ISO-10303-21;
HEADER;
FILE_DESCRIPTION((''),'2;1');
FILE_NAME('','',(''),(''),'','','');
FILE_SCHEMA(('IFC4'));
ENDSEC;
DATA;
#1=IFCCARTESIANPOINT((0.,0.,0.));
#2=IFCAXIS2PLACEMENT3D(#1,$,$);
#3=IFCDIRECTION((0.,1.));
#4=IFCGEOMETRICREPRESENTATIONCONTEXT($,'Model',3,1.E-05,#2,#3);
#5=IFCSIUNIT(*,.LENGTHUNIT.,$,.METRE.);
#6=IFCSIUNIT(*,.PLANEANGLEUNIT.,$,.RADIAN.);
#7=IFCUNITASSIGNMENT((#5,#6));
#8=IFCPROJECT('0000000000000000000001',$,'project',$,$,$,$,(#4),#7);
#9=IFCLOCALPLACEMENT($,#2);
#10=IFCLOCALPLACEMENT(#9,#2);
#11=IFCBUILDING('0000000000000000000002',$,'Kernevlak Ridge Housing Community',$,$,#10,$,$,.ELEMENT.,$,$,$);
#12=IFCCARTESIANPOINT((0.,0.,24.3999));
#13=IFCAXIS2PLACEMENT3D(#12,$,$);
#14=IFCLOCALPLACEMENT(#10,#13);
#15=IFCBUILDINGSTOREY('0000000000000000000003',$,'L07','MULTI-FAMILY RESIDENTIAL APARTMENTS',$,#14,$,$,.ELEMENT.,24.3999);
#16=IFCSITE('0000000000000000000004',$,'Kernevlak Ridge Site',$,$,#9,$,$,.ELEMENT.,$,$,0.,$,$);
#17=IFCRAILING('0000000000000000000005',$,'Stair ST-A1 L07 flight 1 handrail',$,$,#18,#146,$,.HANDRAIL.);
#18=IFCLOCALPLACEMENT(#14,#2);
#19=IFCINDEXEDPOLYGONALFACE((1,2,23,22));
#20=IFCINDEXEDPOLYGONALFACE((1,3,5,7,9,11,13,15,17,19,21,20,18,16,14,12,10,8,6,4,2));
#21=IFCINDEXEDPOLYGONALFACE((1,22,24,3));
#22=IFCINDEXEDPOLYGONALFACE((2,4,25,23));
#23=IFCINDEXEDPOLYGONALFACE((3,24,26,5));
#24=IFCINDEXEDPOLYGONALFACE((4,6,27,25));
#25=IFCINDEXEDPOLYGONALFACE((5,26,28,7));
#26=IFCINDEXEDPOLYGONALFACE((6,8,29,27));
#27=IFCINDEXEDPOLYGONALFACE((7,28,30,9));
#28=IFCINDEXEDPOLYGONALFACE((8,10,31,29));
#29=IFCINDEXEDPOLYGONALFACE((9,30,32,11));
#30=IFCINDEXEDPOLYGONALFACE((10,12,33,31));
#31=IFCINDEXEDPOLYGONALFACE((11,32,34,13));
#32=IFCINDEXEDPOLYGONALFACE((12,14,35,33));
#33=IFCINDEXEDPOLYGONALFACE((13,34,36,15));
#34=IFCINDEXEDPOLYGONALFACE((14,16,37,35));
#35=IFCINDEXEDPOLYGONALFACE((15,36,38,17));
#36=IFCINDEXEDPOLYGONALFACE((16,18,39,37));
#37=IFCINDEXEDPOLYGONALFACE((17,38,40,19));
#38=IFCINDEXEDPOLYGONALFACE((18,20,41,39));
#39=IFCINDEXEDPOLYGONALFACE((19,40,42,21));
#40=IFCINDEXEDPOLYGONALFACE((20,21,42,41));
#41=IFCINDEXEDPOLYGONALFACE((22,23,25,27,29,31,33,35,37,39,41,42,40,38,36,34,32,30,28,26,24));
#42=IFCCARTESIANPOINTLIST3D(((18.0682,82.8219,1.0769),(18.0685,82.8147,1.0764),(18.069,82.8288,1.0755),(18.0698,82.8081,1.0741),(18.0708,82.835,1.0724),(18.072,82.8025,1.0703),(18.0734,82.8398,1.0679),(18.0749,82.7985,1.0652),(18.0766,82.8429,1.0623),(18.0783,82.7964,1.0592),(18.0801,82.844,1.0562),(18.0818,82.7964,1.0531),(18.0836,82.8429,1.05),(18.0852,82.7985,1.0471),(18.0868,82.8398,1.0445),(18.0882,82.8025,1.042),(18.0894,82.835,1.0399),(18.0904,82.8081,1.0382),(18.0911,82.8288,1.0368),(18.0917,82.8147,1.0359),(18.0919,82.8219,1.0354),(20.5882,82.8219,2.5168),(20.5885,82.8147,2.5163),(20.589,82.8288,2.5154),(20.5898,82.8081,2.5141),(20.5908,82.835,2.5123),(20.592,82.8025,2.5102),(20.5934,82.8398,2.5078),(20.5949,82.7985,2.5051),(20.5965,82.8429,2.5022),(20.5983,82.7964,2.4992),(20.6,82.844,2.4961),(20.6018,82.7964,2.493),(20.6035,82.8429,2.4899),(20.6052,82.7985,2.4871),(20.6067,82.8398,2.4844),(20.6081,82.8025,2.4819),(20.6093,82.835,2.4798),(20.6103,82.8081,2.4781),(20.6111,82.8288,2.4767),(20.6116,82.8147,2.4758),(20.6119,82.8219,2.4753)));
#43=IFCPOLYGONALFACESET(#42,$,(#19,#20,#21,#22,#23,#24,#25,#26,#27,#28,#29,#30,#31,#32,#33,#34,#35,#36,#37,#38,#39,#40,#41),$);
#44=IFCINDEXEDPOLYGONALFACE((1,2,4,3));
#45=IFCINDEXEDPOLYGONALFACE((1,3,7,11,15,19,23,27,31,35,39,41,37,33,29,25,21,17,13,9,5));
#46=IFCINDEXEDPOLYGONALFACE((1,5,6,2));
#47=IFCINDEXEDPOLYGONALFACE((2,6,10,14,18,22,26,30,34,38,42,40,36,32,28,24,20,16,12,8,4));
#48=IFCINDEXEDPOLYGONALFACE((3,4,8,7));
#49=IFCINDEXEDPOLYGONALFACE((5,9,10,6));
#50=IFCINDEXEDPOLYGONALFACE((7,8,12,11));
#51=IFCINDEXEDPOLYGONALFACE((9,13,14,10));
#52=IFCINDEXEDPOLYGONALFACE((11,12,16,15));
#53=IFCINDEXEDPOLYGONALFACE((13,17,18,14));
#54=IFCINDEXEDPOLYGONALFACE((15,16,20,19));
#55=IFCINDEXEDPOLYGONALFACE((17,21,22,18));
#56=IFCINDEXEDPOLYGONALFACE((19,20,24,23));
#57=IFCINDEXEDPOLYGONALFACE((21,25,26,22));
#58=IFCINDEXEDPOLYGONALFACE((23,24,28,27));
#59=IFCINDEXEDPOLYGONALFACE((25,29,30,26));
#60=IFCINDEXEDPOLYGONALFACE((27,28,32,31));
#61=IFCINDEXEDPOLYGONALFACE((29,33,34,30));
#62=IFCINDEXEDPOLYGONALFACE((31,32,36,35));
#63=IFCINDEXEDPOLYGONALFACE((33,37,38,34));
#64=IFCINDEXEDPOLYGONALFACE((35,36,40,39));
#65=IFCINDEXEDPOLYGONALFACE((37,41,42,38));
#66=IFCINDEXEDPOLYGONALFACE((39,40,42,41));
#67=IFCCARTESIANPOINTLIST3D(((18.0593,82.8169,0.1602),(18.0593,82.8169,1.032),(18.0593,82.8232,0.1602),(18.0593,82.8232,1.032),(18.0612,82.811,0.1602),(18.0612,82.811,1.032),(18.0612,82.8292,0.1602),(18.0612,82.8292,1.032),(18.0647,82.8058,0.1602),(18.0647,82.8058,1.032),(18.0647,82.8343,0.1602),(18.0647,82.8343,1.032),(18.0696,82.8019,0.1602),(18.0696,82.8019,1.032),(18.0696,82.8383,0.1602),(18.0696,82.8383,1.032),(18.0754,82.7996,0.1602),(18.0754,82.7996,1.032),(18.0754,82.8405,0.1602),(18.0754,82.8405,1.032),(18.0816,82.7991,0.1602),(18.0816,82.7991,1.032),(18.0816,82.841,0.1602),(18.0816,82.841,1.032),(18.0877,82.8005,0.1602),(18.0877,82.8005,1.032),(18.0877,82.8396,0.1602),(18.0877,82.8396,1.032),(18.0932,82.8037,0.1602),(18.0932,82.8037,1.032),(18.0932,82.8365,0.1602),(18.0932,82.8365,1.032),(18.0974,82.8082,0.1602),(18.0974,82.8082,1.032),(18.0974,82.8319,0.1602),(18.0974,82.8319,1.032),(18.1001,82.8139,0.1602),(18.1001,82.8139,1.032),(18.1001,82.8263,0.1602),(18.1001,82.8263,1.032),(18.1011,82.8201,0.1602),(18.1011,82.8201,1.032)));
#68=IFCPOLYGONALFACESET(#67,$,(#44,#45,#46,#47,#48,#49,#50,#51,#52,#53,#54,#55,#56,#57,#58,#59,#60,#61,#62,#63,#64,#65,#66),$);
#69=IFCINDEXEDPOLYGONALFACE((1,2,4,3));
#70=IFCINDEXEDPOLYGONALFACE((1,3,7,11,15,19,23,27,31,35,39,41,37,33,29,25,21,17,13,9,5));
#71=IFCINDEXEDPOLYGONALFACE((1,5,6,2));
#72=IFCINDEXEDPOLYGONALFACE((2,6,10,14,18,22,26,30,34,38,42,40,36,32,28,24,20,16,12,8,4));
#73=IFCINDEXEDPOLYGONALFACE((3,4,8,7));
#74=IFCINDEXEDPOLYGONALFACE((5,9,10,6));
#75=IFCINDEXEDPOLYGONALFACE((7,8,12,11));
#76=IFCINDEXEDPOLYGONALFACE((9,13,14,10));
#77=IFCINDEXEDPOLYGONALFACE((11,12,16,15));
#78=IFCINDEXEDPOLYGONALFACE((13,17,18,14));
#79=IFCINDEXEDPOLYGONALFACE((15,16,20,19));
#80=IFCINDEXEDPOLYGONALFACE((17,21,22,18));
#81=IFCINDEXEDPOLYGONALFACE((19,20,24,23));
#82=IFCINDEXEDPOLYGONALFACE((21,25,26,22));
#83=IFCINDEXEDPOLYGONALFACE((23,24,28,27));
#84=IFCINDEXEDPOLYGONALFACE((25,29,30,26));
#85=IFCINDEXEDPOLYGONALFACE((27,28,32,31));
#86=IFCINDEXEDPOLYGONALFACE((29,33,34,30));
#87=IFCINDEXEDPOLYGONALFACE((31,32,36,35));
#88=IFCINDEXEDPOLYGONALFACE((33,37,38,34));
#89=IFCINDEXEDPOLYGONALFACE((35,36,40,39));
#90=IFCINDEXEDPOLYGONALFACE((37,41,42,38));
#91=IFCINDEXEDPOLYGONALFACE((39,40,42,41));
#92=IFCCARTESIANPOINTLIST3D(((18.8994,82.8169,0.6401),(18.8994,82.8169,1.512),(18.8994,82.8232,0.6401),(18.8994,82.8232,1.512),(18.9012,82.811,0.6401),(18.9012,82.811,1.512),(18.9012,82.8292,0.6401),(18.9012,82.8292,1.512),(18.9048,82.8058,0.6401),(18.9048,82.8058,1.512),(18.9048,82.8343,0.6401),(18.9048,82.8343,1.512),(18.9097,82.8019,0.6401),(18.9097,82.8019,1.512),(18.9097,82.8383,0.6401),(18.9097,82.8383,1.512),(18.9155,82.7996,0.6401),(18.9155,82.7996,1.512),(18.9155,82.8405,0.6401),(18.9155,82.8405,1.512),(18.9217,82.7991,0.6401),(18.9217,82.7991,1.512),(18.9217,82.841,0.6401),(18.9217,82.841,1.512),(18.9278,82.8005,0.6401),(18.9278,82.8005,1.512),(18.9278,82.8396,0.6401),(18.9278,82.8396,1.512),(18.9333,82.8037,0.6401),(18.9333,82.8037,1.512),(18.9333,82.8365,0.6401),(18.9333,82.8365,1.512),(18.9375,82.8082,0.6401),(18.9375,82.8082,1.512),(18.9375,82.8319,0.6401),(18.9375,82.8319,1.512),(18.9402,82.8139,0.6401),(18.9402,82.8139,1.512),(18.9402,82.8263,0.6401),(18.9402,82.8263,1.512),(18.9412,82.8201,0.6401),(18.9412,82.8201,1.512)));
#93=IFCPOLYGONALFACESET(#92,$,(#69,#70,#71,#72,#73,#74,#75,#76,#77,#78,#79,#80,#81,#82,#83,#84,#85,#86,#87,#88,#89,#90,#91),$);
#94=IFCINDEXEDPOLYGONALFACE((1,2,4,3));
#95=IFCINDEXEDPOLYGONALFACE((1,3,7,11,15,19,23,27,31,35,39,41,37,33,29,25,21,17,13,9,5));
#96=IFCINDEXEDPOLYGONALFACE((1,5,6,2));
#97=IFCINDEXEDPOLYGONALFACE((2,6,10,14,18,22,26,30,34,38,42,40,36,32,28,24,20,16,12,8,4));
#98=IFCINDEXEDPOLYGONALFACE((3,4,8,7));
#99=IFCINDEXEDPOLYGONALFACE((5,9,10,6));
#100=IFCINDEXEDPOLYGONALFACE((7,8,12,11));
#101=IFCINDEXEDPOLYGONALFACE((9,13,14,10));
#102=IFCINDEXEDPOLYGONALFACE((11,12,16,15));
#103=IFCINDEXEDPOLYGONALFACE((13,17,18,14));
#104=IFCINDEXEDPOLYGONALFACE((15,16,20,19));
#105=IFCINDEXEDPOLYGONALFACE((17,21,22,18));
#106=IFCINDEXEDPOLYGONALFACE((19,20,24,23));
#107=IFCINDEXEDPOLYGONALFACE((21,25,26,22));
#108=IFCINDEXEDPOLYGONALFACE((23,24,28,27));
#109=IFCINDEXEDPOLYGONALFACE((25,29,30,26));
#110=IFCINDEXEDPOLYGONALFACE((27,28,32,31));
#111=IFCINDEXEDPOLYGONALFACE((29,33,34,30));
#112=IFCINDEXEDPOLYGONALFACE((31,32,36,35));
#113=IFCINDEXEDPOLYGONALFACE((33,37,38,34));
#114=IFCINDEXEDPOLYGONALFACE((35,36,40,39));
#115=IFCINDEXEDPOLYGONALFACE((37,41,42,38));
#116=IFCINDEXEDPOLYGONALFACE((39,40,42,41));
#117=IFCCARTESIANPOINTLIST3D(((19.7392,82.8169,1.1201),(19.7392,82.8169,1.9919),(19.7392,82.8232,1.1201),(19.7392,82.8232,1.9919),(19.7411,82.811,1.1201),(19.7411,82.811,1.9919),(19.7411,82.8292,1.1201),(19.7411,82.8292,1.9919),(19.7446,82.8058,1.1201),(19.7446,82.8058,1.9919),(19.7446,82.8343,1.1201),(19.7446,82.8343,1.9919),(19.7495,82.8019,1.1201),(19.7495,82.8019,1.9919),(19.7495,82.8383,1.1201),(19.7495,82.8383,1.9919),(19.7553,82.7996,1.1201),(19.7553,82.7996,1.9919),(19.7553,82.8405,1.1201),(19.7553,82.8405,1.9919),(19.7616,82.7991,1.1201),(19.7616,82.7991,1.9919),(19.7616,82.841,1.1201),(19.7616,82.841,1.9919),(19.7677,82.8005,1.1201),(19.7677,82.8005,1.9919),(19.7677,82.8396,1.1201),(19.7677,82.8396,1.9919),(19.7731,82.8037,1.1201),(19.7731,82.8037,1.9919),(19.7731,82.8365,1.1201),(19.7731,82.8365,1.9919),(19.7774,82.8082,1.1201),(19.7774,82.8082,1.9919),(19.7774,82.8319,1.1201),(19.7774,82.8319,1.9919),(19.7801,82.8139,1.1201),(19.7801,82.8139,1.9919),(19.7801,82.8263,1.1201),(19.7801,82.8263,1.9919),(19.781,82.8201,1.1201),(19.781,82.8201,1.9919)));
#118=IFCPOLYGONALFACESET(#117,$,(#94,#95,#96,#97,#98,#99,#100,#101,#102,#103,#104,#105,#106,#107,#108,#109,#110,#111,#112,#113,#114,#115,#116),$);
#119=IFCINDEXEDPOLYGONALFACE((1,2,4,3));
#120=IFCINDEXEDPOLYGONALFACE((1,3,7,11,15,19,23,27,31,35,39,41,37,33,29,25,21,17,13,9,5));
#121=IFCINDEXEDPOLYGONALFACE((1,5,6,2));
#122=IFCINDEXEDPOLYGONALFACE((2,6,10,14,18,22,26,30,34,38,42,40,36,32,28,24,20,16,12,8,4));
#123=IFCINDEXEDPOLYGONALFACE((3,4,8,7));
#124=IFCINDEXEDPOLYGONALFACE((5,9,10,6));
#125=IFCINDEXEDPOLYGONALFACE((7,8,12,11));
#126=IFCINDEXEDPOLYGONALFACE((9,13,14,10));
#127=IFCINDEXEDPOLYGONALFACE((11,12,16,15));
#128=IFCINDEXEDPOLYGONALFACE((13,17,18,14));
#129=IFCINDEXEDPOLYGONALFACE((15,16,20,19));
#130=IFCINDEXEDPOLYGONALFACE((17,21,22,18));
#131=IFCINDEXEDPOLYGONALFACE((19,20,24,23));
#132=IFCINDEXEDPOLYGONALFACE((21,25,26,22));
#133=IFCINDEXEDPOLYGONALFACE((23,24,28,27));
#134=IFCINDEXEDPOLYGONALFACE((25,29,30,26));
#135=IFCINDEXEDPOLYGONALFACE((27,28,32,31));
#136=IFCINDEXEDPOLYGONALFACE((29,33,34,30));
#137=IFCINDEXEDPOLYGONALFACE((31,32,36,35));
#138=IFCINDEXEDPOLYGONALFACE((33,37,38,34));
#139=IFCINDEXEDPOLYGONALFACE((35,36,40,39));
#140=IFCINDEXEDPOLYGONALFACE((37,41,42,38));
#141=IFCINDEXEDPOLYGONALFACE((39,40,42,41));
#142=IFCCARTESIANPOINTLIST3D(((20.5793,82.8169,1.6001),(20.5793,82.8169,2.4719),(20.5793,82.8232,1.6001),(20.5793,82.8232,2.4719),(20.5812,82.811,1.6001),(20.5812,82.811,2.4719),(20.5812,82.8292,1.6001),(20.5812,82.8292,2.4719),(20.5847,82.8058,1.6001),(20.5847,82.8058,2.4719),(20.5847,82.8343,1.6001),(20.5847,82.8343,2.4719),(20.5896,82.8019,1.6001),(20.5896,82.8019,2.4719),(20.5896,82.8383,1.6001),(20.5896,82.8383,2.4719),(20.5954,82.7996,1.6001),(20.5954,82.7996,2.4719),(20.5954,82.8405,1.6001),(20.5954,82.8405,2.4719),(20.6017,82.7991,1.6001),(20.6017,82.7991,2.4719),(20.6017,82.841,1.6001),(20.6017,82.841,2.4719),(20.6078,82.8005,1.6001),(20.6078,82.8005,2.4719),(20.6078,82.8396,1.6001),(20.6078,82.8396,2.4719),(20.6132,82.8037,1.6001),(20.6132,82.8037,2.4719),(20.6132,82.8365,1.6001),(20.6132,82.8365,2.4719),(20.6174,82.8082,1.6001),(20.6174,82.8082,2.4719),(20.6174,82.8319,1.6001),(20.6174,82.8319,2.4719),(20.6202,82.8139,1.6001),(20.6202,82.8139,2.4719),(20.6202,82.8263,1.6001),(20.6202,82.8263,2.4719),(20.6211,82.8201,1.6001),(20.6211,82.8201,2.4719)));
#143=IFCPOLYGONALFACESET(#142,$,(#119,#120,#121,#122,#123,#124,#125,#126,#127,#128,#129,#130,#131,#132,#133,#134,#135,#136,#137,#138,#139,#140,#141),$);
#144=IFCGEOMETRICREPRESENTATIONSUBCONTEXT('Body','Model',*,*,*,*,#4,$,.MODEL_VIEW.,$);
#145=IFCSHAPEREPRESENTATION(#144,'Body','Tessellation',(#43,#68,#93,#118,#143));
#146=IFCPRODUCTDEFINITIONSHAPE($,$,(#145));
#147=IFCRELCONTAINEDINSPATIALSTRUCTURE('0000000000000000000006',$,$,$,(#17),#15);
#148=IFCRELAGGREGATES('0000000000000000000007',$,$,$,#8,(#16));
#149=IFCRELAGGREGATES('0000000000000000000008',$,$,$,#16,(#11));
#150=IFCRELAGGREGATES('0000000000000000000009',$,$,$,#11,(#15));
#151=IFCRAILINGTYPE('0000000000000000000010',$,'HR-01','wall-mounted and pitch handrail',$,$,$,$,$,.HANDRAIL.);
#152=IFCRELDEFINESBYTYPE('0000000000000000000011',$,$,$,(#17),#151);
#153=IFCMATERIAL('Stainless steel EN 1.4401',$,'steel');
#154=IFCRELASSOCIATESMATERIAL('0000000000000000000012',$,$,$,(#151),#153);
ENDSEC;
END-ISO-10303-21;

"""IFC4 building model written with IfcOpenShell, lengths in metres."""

from ifc_helpers import new_model, si_unit, direction, frame, origin, origin_2d, place, context, subcontext, project, spatial, circle, extrude, material, type_object, element, save


model = new_model("IFC4")

# Units and contexts
model_context = context("Model", 3, precision=1e-05, world=origin(), true_north=direction((0.0, 1.0)))
body_context = subcontext(model_context, "Body", "Model", "MODEL_VIEW")
ifc_project = project(units=[si_unit("LENGTHUNIT", "METRE"), si_unit("PLANEANGLEUNIT", "RADIAN")], contexts=[model_context])

# Site, building, storey
site_placement = place(None, origin())
site = spatial("IfcSite", under=ifc_project, at=site_placement, Name="Kernevlak Ridge Site", CompositionType="ELEMENT", RefElevation=0.0)
building_placement = place(site_placement, origin())
building = spatial("IfcBuilding", under=site, at=building_placement, Name="Kernevlak Ridge Housing Community", CompositionType="ELEMENT")
storey_placement = place(building_placement, frame((0.0, 0.0, 24.3999)))
storey = spatial("IfcBuildingStorey", under=building, at=storey_placement, Name="L07", Description="MULTI-FAMILY RESIDENTIAL APARTMENTS", CompositionType="ELEMENT", Elevation=24.3999)

# Shared definitions
ifc_material_1 = material(Name="Stainless steel EN 1.4401", Category="steel")

# Railing
railing_type_1 = type_object("IfcRailingType", Name="HR-01", Description="wall-mounted and pitch handrail", PredefinedType="HANDRAIL", material=ifc_material_1)
railing_1_placement = place(storey_placement, frame((18.0801, 82.8201, 0.1602)))
element("IfcRailing", 1, at=railing_1_placement, inside=storey, type_object=railing_type_1, Name="Stair ST-A1 L07 flight 1 handrail", PredefinedType="HANDRAIL", context=body_context, shape_type="SweptSolid", body=[
    extrude(circle(Radius=0.0239, at=origin_2d()), frame((0.0, 0.0, 0.896), z_axis=(0.868253, 0.0, 0.496121), x_axis=(0.0, 1.0, 0.0)), (0.0, 0.0, 1.0), 2.9023),
    extrude(circle(Radius=0.021, at=origin_2d()), origin(), (0.0, 0.0, 1.0), 0.8718),
    extrude(circle(Radius=0.021, at=origin_2d()), frame((0.8401, 0.0, 0.48)), (0.0, 0.0, 1.0), 0.8718),
    extrude(circle(Radius=0.021, at=origin_2d()), frame((1.6799, 0.0, 0.96)), (0.0, 0.0, 1.0), 0.8718),
    extrude(circle(Radius=0.021, at=origin_2d()), frame((2.52, 0.0, 1.4399)), (0.0, 0.0, 1.0), 0.8718),
])

save(model, "model.ifc")
